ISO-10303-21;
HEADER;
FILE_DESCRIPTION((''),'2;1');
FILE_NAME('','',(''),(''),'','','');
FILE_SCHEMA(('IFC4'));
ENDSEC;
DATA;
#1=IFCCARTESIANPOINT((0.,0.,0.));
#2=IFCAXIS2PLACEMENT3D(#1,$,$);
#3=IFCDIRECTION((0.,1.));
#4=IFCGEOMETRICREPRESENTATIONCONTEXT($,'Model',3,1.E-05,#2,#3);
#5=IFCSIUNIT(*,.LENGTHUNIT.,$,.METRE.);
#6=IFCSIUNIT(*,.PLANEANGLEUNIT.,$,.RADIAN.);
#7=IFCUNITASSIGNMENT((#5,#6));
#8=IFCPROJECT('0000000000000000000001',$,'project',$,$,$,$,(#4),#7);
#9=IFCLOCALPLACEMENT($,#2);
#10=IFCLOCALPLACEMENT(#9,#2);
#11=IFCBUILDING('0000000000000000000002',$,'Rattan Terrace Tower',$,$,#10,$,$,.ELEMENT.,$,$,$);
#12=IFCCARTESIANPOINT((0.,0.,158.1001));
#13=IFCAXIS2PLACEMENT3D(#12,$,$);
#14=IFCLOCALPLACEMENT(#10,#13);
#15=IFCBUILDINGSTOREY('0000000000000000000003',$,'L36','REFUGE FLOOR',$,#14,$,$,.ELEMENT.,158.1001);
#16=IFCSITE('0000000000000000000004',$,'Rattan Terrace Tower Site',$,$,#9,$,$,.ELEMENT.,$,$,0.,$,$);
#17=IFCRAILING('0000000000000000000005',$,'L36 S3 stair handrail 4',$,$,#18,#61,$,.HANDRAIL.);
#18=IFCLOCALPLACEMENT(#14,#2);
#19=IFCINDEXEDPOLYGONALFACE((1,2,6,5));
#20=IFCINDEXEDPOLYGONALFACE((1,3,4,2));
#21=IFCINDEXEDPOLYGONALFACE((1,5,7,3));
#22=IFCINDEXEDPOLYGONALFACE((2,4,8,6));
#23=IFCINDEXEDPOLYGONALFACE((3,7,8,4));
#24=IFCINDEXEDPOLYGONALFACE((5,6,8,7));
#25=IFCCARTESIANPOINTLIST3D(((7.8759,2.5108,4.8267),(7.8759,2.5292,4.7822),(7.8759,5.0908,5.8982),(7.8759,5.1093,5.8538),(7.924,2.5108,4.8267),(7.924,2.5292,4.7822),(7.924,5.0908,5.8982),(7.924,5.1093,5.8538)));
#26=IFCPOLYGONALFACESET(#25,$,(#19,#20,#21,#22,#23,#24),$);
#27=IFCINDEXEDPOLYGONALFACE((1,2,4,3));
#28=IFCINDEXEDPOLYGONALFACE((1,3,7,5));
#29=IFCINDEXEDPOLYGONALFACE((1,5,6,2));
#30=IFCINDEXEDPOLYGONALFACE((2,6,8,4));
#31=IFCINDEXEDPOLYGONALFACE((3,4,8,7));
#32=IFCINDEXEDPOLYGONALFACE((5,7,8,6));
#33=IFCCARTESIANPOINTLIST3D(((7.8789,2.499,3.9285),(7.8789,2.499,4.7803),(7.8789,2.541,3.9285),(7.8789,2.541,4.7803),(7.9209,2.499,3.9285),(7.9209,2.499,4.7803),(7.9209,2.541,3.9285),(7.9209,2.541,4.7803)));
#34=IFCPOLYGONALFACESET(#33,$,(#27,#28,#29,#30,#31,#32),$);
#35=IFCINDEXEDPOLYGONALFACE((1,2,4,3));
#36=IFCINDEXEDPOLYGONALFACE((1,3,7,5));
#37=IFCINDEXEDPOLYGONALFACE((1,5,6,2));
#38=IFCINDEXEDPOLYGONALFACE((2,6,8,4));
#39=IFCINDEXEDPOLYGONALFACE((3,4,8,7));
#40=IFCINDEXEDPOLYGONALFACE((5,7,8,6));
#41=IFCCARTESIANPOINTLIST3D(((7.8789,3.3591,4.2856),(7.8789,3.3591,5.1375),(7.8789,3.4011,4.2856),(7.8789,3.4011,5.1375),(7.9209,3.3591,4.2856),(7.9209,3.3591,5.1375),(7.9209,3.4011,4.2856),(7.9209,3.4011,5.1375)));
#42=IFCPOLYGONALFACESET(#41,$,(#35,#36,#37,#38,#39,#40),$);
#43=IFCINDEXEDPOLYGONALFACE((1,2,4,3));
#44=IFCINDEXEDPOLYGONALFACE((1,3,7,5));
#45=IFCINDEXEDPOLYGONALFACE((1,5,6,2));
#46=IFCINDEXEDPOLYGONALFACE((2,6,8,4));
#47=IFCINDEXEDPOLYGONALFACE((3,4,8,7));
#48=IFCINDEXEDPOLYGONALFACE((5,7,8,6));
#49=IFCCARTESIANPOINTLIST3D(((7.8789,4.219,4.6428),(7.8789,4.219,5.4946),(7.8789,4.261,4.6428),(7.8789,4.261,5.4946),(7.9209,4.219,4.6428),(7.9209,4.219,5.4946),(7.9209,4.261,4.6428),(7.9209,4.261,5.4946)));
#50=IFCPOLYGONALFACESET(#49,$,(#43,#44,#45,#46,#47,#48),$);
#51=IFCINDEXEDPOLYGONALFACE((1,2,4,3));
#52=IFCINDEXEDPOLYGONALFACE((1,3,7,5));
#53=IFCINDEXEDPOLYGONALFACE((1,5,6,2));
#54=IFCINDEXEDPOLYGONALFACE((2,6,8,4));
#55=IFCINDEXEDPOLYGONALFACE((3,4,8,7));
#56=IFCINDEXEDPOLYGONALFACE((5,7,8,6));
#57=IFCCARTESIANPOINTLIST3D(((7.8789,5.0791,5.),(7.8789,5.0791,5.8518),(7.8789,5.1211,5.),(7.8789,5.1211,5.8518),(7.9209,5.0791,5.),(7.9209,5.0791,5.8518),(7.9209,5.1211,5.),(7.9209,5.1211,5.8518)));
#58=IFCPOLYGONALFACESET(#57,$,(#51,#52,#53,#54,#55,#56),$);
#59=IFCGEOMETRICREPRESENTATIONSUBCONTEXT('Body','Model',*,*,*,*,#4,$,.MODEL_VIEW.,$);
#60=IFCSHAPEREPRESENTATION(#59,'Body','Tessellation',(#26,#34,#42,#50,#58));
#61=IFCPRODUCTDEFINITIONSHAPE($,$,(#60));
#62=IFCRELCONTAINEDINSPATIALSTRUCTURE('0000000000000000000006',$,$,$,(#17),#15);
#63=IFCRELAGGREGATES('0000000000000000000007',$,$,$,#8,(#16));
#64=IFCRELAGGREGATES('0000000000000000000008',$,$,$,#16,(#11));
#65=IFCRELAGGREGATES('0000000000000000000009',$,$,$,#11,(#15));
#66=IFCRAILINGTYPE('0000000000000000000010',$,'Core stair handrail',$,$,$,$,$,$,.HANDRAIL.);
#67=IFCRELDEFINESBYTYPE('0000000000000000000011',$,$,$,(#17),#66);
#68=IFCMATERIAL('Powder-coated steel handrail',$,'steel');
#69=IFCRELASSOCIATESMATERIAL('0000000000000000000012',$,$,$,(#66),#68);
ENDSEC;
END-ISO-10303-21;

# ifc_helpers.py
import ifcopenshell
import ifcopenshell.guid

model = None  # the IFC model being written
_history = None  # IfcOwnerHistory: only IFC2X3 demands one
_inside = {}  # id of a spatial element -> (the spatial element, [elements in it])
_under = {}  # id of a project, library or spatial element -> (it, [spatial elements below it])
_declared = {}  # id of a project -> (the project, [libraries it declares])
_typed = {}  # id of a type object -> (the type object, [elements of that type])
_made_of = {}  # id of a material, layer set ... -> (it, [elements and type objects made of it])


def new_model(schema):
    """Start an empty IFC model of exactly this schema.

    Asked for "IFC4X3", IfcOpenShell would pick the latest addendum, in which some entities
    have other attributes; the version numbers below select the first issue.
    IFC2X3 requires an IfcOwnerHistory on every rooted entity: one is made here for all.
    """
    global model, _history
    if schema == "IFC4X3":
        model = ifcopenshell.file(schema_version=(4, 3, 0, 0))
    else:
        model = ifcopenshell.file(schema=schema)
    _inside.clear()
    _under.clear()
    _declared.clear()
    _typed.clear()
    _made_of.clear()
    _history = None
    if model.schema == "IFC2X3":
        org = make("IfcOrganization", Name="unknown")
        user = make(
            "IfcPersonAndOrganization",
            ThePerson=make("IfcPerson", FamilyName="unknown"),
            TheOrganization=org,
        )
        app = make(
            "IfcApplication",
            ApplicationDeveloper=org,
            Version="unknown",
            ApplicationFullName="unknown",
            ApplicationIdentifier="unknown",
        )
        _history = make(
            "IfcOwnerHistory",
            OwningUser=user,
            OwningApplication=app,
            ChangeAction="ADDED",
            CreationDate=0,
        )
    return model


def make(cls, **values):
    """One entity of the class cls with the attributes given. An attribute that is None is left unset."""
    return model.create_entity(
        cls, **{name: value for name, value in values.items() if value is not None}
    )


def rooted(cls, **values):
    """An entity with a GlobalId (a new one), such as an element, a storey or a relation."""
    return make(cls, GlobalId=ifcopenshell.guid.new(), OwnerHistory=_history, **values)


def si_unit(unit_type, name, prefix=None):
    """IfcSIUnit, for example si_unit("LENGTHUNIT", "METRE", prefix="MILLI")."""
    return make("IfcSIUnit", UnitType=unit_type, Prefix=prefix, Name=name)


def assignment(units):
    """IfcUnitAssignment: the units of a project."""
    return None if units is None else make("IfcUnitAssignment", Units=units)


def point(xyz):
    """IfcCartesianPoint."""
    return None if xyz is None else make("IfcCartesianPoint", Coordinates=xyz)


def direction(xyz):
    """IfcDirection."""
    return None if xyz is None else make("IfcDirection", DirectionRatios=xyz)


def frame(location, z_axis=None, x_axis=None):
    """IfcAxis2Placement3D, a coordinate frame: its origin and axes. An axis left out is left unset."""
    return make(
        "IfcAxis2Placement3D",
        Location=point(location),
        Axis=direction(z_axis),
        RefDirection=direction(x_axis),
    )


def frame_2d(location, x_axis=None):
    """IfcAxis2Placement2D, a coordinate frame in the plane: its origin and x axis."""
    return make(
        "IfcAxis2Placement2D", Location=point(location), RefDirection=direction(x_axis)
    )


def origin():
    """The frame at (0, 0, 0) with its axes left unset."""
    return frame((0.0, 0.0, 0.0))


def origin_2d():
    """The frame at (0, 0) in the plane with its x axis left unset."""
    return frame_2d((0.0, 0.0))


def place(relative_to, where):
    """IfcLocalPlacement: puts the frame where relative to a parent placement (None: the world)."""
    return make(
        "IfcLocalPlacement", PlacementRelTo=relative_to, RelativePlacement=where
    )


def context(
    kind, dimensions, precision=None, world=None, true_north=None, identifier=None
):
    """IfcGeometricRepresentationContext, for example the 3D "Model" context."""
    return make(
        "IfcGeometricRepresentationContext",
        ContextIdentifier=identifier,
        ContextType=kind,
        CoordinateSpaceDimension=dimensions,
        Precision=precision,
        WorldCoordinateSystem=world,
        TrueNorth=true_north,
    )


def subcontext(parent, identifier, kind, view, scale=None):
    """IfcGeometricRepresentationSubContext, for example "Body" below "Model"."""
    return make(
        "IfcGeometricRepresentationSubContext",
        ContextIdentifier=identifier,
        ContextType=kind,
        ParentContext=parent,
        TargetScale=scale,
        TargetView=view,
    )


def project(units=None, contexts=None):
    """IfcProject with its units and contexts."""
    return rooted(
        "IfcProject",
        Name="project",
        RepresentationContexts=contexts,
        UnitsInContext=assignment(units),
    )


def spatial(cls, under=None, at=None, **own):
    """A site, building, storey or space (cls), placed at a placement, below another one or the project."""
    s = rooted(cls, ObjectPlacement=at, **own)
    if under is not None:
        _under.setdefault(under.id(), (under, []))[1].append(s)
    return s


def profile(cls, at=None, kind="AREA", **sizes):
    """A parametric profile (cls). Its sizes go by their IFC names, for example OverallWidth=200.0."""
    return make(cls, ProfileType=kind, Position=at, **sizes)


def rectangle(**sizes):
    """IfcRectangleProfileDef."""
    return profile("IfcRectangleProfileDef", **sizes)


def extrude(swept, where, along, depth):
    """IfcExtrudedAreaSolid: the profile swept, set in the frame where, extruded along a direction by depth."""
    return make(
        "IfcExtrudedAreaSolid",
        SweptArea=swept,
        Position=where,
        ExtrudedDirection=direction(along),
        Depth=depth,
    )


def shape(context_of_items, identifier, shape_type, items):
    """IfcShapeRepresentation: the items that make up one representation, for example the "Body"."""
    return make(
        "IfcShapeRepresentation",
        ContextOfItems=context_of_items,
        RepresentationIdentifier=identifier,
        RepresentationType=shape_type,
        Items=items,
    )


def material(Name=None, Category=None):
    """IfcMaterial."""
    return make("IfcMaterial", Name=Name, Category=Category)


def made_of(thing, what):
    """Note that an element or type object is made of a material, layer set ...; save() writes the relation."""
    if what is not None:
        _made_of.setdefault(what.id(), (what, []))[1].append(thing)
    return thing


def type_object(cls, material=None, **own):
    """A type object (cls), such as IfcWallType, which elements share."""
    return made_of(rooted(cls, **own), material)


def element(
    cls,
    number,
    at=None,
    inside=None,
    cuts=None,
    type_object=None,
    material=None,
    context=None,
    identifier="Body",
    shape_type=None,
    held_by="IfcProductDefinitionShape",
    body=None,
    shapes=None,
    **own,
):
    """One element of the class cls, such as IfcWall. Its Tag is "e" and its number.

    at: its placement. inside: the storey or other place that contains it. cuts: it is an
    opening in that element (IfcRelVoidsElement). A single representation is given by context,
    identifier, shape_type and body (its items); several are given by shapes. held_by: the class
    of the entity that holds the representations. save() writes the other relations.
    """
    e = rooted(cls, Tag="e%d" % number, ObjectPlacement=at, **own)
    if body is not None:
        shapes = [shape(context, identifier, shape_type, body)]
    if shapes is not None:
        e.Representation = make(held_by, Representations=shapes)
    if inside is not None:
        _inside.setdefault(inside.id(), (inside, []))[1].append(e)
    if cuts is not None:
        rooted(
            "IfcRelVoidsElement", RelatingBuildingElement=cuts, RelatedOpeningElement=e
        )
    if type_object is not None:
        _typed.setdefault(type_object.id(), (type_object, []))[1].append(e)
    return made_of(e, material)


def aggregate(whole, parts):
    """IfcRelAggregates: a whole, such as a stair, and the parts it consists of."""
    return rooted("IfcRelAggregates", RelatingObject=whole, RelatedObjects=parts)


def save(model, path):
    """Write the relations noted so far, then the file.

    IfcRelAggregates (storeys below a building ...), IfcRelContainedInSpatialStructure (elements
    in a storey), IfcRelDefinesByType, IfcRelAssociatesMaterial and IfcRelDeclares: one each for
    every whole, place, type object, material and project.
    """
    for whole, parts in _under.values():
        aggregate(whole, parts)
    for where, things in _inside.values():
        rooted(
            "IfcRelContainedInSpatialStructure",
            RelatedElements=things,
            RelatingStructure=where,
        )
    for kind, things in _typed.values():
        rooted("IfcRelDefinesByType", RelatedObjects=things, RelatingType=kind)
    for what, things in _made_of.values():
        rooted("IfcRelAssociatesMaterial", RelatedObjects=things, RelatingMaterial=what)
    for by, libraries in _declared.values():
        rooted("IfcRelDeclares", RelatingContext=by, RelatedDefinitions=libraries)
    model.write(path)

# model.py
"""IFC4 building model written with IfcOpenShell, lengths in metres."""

from ifc_helpers import new_model, si_unit, direction, frame, origin, origin_2d, place, context, subcontext, project, spatial, rectangle, extrude, material, type_object, element, save


model = new_model("IFC4")

# Units and contexts
model_context = context("Model", 3, precision=1e-05, world=origin(), true_north=direction((0.0, 1.0)))
body_context = subcontext(model_context, "Body", "Model", "MODEL_VIEW")
ifc_project = project(units=[si_unit("LENGTHUNIT", "METRE"), si_unit("PLANEANGLEUNIT", "RADIAN")], contexts=[model_context])

# Site, building, storey
site_placement = place(None, origin())
site = spatial("IfcSite", under=ifc_project, at=site_placement, Name="Rattan Terrace Tower Site", CompositionType="ELEMENT", RefElevation=0.0)
building_placement = place(site_placement, origin())
building = spatial("IfcBuilding", under=site, at=building_placement, Name="Rattan Terrace Tower", CompositionType="ELEMENT")
storey_placement = place(building_placement, frame((0.0, 0.0, 158.1001)))
storey = spatial("IfcBuildingStorey", under=building, at=storey_placement, Name="L36", Description="REFUGE FLOOR", CompositionType="ELEMENT", Elevation=158.1001)

# Railing
ifc_material_1 = material(Name="Powder-coated steel handrail", Category="steel")
railing_type_1 = type_object("IfcRailingType", Name="Core stair handrail", PredefinedType="HANDRAIL", material=ifc_material_1)
railing_1_placement = place(storey_placement, frame((7.8999, 2.52, 3.9285)))
element("IfcRailing", 1, at=railing_1_placement, inside=storey, type_object=railing_type_1, Name="L36 S3 stair handrail 4", PredefinedType="HANDRAIL", context=body_context, shape_type="SweptSolid", body=[
    extrude(rectangle(XDim=0.0481, YDim=0.0481, at=origin_2d()), frame((0.0, 0.0, 0.876), z_axis=(0.0, 0.923521, 0.383548), x_axis=(-1.0, 0.0, 0.0)), (0.0, 0.0, 1.0), 2.7937),
    extrude(rectangle(XDim=0.042, YDim=0.042, at=origin_2d()), origin(), (0.0, 0.0, 1.0), 0.8518),
    extrude(rectangle(XDim=0.042, YDim=0.042, at=origin_2d()), frame((0.0, 0.8601, 0.3572)), (0.0, 0.0, 1.0), 0.8518),
    extrude(rectangle(XDim=0.042, YDim=0.042, at=origin_2d()), frame((0.0, 1.72, 0.7144)), (0.0, 0.0, 1.0), 0.8518),
    extrude(rectangle(XDim=0.042, YDim=0.042, at=origin_2d()), frame((0.0, 2.5801, 1.0715)), (0.0, 0.0, 1.0), 0.8518),
])

save(model, "model.ifc")
